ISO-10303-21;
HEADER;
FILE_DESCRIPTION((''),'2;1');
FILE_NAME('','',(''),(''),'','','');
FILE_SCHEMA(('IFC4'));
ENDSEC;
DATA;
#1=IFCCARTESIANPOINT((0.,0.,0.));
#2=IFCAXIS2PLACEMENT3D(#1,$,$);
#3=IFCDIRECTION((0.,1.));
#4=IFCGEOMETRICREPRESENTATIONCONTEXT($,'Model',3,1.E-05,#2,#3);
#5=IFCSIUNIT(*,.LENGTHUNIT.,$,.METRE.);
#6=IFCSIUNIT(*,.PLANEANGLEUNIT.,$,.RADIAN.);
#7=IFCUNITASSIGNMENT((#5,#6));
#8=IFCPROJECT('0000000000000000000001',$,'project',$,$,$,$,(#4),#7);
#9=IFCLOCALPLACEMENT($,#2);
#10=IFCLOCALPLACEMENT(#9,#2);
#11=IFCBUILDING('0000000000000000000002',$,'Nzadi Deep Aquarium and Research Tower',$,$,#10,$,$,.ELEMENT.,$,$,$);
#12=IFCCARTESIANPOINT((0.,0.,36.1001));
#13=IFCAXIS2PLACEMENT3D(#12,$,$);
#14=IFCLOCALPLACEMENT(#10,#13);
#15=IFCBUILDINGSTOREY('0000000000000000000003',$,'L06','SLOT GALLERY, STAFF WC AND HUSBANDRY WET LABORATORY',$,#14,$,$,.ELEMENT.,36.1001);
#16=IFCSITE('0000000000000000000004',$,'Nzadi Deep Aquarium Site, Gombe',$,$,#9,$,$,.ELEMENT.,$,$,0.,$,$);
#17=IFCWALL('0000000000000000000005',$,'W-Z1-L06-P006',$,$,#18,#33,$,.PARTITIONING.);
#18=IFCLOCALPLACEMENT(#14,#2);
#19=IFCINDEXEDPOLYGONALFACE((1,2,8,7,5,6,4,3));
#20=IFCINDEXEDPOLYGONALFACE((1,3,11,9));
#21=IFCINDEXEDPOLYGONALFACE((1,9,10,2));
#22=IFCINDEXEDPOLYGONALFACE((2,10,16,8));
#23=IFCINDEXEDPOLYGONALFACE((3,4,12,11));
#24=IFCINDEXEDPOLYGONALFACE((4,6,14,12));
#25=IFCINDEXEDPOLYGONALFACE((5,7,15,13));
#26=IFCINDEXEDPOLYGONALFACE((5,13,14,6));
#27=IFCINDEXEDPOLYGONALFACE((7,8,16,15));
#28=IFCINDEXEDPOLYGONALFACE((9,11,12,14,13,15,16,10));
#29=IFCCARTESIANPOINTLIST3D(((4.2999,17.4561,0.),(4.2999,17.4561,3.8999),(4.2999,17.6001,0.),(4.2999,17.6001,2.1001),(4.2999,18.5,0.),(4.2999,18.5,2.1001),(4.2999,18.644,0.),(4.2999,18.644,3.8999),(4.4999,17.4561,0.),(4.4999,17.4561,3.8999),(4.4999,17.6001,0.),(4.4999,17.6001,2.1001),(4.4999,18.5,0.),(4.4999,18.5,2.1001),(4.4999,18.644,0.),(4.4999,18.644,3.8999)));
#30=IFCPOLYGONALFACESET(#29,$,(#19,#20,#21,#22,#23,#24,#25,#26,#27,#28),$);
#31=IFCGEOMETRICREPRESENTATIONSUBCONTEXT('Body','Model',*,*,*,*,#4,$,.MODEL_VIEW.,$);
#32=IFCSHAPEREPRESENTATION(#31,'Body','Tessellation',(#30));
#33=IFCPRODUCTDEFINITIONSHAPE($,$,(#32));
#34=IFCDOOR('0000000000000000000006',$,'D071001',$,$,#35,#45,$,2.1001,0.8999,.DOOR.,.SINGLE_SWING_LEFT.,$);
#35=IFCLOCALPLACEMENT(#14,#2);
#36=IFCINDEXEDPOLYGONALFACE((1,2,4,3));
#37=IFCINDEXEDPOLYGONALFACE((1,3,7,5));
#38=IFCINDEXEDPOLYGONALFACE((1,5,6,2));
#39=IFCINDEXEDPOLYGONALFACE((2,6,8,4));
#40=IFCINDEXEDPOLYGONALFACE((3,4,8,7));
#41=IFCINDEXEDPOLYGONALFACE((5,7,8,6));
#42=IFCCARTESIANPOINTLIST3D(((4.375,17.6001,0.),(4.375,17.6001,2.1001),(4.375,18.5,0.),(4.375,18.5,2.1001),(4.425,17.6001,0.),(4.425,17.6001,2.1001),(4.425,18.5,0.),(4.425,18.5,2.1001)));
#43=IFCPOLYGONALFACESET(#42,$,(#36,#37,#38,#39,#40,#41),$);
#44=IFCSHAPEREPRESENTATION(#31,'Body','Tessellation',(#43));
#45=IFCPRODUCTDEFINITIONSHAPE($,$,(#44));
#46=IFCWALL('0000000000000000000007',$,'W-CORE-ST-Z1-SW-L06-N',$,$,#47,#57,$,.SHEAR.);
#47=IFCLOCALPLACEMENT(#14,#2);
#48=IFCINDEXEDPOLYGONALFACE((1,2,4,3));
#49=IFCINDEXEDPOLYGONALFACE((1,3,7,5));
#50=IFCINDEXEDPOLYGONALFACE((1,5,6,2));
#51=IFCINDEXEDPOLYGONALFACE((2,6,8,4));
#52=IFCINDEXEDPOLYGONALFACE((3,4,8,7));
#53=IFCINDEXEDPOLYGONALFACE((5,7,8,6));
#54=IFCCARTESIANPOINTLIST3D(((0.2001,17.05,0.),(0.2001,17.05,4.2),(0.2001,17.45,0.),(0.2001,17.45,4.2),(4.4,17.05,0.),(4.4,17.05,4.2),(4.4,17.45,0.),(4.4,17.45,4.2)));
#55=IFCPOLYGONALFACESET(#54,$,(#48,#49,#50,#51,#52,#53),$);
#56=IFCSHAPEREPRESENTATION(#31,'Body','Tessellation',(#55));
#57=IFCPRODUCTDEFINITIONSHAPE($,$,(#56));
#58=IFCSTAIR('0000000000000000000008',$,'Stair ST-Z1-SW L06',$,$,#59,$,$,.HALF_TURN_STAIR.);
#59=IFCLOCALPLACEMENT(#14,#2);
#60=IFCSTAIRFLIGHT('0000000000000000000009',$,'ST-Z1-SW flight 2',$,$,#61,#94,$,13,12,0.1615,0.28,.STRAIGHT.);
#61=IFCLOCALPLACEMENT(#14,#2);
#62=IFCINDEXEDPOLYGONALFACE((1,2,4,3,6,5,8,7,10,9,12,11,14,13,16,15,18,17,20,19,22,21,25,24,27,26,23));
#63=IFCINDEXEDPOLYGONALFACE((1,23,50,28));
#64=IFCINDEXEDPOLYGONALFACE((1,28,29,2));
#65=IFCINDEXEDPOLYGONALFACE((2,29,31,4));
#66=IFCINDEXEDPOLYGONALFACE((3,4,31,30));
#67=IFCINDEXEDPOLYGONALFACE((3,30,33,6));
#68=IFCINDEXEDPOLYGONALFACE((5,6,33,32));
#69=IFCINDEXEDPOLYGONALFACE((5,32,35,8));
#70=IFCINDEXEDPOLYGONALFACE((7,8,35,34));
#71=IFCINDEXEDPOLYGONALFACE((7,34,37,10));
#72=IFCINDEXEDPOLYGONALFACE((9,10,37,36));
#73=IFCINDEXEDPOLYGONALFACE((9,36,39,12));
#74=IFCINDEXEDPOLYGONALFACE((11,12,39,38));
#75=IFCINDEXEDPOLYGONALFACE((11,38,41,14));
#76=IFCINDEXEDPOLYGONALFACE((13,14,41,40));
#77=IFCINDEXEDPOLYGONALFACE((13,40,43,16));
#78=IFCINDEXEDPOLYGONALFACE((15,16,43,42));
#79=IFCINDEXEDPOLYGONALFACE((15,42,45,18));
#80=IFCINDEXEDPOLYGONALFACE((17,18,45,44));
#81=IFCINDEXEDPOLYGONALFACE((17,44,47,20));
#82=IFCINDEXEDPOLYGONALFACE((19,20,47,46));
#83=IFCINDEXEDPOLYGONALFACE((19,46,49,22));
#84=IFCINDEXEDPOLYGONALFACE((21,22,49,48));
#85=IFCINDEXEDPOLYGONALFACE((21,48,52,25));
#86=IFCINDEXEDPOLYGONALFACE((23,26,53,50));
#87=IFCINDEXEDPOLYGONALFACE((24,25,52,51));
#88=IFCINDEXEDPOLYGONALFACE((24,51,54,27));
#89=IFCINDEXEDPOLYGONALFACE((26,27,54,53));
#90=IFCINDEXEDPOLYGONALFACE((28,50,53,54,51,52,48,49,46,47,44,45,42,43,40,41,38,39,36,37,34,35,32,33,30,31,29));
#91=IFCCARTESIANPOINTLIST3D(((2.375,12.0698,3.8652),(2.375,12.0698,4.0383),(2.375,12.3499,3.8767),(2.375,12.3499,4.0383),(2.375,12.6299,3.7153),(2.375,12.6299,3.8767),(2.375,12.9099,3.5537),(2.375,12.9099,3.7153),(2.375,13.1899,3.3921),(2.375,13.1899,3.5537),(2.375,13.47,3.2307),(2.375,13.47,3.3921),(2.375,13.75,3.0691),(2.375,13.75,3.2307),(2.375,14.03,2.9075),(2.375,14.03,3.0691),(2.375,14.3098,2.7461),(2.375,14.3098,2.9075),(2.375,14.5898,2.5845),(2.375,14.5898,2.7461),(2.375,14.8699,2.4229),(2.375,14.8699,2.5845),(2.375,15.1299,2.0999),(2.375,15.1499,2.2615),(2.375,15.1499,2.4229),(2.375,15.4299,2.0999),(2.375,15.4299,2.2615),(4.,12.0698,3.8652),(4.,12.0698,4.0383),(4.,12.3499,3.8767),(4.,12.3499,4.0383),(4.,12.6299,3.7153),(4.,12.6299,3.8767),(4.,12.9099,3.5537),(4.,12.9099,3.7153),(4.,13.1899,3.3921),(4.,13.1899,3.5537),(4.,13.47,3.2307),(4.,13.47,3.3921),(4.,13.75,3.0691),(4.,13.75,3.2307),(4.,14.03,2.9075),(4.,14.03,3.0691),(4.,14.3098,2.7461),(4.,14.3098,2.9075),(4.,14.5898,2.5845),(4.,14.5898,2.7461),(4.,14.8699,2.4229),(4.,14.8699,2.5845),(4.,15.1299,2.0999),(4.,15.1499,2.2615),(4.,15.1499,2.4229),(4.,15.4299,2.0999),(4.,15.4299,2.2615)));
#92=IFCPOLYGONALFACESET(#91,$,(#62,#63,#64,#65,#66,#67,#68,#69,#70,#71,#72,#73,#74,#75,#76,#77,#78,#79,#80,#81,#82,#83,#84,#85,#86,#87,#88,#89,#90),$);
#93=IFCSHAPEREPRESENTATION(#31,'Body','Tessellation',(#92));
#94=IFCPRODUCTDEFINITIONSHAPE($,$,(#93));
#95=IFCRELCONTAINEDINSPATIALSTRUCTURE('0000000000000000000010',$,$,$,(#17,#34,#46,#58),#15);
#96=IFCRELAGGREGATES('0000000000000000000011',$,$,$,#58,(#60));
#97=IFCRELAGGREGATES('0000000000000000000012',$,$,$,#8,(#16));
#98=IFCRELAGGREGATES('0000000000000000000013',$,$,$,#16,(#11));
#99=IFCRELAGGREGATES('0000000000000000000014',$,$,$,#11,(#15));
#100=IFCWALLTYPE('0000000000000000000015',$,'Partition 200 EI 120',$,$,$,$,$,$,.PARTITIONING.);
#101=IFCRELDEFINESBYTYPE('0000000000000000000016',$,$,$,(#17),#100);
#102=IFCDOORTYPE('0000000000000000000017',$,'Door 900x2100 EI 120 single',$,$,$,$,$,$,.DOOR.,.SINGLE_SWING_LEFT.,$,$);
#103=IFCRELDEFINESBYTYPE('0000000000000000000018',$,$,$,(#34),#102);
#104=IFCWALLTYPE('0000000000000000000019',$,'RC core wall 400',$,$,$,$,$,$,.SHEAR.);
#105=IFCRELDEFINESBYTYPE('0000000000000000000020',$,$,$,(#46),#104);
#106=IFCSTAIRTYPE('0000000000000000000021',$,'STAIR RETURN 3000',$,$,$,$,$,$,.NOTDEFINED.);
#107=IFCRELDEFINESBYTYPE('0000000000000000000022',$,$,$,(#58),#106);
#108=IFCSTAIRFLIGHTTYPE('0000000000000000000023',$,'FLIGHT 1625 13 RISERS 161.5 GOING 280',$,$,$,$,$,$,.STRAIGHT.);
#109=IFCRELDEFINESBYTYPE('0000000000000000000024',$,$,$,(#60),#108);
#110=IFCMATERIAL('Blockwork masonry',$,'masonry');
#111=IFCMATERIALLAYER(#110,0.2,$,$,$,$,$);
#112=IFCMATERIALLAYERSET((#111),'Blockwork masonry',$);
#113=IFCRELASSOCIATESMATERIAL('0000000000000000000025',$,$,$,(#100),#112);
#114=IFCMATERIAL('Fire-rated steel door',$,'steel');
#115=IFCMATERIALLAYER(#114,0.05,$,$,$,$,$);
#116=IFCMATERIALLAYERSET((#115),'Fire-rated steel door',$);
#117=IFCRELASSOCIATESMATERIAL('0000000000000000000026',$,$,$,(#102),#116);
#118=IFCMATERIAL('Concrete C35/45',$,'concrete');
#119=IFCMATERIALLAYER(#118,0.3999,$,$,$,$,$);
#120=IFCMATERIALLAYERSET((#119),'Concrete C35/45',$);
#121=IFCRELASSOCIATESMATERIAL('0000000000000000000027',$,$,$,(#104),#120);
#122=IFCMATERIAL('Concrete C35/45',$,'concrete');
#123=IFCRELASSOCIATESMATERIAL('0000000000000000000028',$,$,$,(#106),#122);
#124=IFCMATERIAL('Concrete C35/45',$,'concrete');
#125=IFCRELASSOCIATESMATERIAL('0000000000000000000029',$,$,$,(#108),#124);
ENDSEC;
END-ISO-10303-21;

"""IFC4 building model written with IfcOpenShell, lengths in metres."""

from ifc_helpers import new_model, si_unit, direction, frame, frame_2d, origin, place, context, subcontext, project, spatial, polyline, rectangle, outline, extrude, material, layer, layer_set, type_object, element, fill, aggregate, save


model = new_model("IFC4")

# Units and contexts
model_context = context("Model", 3, precision=1e-05, world=origin(), true_north=direction((0.0, 1.0)))
body_context = subcontext(model_context, "Body", "Model", "MODEL_VIEW")
ifc_project = project(units=[si_unit("LENGTHUNIT", "METRE"), si_unit("PLANEANGLEUNIT", "RADIAN")], contexts=[model_context])

# Site, building, storey
site_placement = place(None, origin())
site = spatial("IfcSite", under=ifc_project, at=site_placement, Name="Nzadi Deep Aquarium Site, Gombe", CompositionType="ELEMENT", RefElevation=0.0)
building_placement = place(site_placement, origin())
building = spatial("IfcBuilding", under=site, at=building_placement, Name="Nzadi Deep Aquarium and Research Tower", CompositionType="ELEMENT")
storey_placement = place(building_placement, frame((0.0, 0.0, 36.1001)))
storey = spatial("IfcBuildingStorey", under=building, at=storey_placement, Name="L06", Description="SLOT GALLERY, STAFF WC AND HUSBANDRY WET LABORATORY", CompositionType="ELEMENT", Elevation=36.1001)

# Wall, opening, door
ifc_material_1 = material(Name="Blockwork masonry", Category="masonry")
ifc_layer_1 = layer(ifc_material_1, 0.2)
ifc_layer_set_1 = layer_set([ifc_layer_1], Name="Blockwork masonry")
wall_type_1 = type_object("IfcWallType", Name="Partition 200 EI 120", PredefinedType="PARTITIONING", material=ifc_layer_set_1)
wall_1_placement = place(storey_placement, frame((4.3999, 17.4561, 0.0), z_axis=(0.0, 0.0, 1.0), x_axis=(0.0, 1.0, 0.0)))
wall_1 = element("IfcWall", 1, at=wall_1_placement, inside=storey, type_object=wall_type_1, Name="W-Z1-L06-P006", PredefinedType="PARTITIONING", context=body_context, shape_type="SweptSolid", body=[
    extrude(rectangle(XDim=1.188, YDim=0.2, at=frame_2d((0.594, 0.0))), origin(), (0.0, 0.0, 1.0), 3.8999),
])
opening_placement = place(wall_1_placement, frame((0.144, 0.0, 0.0)))
opening = element("IfcOpeningElement", 2, at=opening_placement, cuts=wall_1, PredefinedType="OPENING", context=body_context, shape_type="SweptSolid", body=[
    extrude(rectangle(XDim=0.8999, YDim=2.1001, at=frame_2d((0.45, 1.05))), frame((0.0, 0.1101, 0.0), z_axis=(0.0, -1.0, 0.0), x_axis=(1.0, 0.0, 0.0)), (0.0, 0.0, 1.0), 0.2202),
])
ifc_material_2 = material(Name="Fire-rated steel door", Category="steel")
ifc_layer_2 = layer(ifc_material_2, 0.05)
ifc_layer_set_2 = layer_set([ifc_layer_2], Name="Fire-rated steel door")
door_type = type_object("IfcDoorType", Name="Door 900x2100 EI 120 single", OperationType="SINGLE_SWING_LEFT", PredefinedType="DOOR", material=ifc_layer_set_2)
door_placement = place(opening_placement, origin())
door = element("IfcDoor", 3, at=door_placement, inside=storey, type_object=door_type, Name="D071001", OperationType="SINGLE_SWING_LEFT", OverallHeight=2.1001, OverallWidth=0.8999, PredefinedType="DOOR", context=body_context, shape_type="SweptSolid", body=[
    extrude(rectangle(XDim=0.8999, YDim=2.1001, at=frame_2d((0.45, 1.05))), frame((0.0, 0.0249, 0.0), z_axis=(0.0, -1.0, 0.0), x_axis=(1.0, 0.0, 0.0)), (0.0, 0.0, 1.0), 0.05),
])
fill(opening, door)

# Wall
ifc_material_3 = material(Name="Concrete C35/45", Category="concrete")
ifc_layer_3 = layer(ifc_material_3, 0.3999)
ifc_layer_set_3 = layer_set([ifc_layer_3], Name="Concrete C35/45")
wall_type_2 = type_object("IfcWallType", Name="RC core wall 400", PredefinedType="SHEAR", material=ifc_layer_set_3)
wall_2_placement = place(storey_placement, frame((0.2, 17.25, 0.0), z_axis=(0.0, 0.0, 1.0), x_axis=(1.0, 0.0, 0.0)))
element("IfcWall", 4, at=wall_2_placement, inside=storey, type_object=wall_type_2, Name="W-CORE-ST-Z1-SW-L06-N", PredefinedType="SHEAR", context=body_context, shape_type="SweptSolid", body=[
    extrude(rectangle(XDim=4.2, YDim=0.3999, at=frame_2d((2.1001, 0.0))), origin(), (0.0, 0.0, 1.0), 4.2),
])

# Stair, stair flight
ifc_material_4 = material(Name="Concrete C35/45", Category="concrete")
stair_type = type_object("IfcStairType", Name="STAIR RETURN 3000", PredefinedType="NOTDEFINED", material=ifc_material_4)
stair_placement = place(storey_placement, origin())
stair = element("IfcStair", 5, at=stair_placement, inside=storey, type_object=stair_type, Name="Stair ST-Z1-SW L06", PredefinedType="HALF_TURN_STAIR")
ifc_material_5 = material(Name="Concrete C35/45", Category="concrete")
stair_flight_type = type_object("IfcStairFlightType", Name="FLIGHT 1625 13 RISERS 161.5 GOING 280", PredefinedType="STRAIGHT", material=ifc_material_5)
stair_flight_placement = place(storey_placement, frame((3.1875, 15.4299, 2.0999), z_axis=(0.0, 0.0, 1.0), x_axis=(0.0, -1.0, 0.0)))
stair_flight = element("IfcStairFlight", 6, at=stair_flight_placement, type_object=stair_flight_type, Name="ST-Z1-SW flight 2", NumberOfRisers=13, NumberOfTreads=12, PredefinedType="STRAIGHT", RiserHeight=0.1615, TreadLength=0.28, context=body_context, shape_type="SweptSolid", body=[
    extrude(outline(polyline([(0.0, 0.0), (0.0, 0.1616), (0.28, 0.1616), (0.28, 0.323), (0.5601, 0.323), (0.5601, 0.4846), (0.8401, 0.4846), (0.8401, 0.6462), (1.1201, 0.6462), (1.1201, 0.8076), (1.3999, 0.8076), (1.3999, 0.9692), (1.6799, 0.9692), (1.6799, 1.1309), (1.96, 1.1309), (1.96, 1.2922), (2.24, 1.2922), (2.24, 1.4539), (2.52, 1.4539), (2.52, 1.6155), (2.8, 1.6155), (2.8, 1.7769), (3.0801, 1.7769), (3.0801, 1.9385), (3.3601, 1.9385), (3.3601, 2.1001), (3.3601, 1.7654), (0.3, 0.0), (0.0, 0.0)])), frame((0.0, 0.8125, 0.0), z_axis=(0.0, -1.0, 0.0), x_axis=(1.0, 0.0, 0.0)), (0.0, 0.0, 1.0), 1.625),
])
aggregate(stair, [stair_flight])

save(model, "model.ifc")
